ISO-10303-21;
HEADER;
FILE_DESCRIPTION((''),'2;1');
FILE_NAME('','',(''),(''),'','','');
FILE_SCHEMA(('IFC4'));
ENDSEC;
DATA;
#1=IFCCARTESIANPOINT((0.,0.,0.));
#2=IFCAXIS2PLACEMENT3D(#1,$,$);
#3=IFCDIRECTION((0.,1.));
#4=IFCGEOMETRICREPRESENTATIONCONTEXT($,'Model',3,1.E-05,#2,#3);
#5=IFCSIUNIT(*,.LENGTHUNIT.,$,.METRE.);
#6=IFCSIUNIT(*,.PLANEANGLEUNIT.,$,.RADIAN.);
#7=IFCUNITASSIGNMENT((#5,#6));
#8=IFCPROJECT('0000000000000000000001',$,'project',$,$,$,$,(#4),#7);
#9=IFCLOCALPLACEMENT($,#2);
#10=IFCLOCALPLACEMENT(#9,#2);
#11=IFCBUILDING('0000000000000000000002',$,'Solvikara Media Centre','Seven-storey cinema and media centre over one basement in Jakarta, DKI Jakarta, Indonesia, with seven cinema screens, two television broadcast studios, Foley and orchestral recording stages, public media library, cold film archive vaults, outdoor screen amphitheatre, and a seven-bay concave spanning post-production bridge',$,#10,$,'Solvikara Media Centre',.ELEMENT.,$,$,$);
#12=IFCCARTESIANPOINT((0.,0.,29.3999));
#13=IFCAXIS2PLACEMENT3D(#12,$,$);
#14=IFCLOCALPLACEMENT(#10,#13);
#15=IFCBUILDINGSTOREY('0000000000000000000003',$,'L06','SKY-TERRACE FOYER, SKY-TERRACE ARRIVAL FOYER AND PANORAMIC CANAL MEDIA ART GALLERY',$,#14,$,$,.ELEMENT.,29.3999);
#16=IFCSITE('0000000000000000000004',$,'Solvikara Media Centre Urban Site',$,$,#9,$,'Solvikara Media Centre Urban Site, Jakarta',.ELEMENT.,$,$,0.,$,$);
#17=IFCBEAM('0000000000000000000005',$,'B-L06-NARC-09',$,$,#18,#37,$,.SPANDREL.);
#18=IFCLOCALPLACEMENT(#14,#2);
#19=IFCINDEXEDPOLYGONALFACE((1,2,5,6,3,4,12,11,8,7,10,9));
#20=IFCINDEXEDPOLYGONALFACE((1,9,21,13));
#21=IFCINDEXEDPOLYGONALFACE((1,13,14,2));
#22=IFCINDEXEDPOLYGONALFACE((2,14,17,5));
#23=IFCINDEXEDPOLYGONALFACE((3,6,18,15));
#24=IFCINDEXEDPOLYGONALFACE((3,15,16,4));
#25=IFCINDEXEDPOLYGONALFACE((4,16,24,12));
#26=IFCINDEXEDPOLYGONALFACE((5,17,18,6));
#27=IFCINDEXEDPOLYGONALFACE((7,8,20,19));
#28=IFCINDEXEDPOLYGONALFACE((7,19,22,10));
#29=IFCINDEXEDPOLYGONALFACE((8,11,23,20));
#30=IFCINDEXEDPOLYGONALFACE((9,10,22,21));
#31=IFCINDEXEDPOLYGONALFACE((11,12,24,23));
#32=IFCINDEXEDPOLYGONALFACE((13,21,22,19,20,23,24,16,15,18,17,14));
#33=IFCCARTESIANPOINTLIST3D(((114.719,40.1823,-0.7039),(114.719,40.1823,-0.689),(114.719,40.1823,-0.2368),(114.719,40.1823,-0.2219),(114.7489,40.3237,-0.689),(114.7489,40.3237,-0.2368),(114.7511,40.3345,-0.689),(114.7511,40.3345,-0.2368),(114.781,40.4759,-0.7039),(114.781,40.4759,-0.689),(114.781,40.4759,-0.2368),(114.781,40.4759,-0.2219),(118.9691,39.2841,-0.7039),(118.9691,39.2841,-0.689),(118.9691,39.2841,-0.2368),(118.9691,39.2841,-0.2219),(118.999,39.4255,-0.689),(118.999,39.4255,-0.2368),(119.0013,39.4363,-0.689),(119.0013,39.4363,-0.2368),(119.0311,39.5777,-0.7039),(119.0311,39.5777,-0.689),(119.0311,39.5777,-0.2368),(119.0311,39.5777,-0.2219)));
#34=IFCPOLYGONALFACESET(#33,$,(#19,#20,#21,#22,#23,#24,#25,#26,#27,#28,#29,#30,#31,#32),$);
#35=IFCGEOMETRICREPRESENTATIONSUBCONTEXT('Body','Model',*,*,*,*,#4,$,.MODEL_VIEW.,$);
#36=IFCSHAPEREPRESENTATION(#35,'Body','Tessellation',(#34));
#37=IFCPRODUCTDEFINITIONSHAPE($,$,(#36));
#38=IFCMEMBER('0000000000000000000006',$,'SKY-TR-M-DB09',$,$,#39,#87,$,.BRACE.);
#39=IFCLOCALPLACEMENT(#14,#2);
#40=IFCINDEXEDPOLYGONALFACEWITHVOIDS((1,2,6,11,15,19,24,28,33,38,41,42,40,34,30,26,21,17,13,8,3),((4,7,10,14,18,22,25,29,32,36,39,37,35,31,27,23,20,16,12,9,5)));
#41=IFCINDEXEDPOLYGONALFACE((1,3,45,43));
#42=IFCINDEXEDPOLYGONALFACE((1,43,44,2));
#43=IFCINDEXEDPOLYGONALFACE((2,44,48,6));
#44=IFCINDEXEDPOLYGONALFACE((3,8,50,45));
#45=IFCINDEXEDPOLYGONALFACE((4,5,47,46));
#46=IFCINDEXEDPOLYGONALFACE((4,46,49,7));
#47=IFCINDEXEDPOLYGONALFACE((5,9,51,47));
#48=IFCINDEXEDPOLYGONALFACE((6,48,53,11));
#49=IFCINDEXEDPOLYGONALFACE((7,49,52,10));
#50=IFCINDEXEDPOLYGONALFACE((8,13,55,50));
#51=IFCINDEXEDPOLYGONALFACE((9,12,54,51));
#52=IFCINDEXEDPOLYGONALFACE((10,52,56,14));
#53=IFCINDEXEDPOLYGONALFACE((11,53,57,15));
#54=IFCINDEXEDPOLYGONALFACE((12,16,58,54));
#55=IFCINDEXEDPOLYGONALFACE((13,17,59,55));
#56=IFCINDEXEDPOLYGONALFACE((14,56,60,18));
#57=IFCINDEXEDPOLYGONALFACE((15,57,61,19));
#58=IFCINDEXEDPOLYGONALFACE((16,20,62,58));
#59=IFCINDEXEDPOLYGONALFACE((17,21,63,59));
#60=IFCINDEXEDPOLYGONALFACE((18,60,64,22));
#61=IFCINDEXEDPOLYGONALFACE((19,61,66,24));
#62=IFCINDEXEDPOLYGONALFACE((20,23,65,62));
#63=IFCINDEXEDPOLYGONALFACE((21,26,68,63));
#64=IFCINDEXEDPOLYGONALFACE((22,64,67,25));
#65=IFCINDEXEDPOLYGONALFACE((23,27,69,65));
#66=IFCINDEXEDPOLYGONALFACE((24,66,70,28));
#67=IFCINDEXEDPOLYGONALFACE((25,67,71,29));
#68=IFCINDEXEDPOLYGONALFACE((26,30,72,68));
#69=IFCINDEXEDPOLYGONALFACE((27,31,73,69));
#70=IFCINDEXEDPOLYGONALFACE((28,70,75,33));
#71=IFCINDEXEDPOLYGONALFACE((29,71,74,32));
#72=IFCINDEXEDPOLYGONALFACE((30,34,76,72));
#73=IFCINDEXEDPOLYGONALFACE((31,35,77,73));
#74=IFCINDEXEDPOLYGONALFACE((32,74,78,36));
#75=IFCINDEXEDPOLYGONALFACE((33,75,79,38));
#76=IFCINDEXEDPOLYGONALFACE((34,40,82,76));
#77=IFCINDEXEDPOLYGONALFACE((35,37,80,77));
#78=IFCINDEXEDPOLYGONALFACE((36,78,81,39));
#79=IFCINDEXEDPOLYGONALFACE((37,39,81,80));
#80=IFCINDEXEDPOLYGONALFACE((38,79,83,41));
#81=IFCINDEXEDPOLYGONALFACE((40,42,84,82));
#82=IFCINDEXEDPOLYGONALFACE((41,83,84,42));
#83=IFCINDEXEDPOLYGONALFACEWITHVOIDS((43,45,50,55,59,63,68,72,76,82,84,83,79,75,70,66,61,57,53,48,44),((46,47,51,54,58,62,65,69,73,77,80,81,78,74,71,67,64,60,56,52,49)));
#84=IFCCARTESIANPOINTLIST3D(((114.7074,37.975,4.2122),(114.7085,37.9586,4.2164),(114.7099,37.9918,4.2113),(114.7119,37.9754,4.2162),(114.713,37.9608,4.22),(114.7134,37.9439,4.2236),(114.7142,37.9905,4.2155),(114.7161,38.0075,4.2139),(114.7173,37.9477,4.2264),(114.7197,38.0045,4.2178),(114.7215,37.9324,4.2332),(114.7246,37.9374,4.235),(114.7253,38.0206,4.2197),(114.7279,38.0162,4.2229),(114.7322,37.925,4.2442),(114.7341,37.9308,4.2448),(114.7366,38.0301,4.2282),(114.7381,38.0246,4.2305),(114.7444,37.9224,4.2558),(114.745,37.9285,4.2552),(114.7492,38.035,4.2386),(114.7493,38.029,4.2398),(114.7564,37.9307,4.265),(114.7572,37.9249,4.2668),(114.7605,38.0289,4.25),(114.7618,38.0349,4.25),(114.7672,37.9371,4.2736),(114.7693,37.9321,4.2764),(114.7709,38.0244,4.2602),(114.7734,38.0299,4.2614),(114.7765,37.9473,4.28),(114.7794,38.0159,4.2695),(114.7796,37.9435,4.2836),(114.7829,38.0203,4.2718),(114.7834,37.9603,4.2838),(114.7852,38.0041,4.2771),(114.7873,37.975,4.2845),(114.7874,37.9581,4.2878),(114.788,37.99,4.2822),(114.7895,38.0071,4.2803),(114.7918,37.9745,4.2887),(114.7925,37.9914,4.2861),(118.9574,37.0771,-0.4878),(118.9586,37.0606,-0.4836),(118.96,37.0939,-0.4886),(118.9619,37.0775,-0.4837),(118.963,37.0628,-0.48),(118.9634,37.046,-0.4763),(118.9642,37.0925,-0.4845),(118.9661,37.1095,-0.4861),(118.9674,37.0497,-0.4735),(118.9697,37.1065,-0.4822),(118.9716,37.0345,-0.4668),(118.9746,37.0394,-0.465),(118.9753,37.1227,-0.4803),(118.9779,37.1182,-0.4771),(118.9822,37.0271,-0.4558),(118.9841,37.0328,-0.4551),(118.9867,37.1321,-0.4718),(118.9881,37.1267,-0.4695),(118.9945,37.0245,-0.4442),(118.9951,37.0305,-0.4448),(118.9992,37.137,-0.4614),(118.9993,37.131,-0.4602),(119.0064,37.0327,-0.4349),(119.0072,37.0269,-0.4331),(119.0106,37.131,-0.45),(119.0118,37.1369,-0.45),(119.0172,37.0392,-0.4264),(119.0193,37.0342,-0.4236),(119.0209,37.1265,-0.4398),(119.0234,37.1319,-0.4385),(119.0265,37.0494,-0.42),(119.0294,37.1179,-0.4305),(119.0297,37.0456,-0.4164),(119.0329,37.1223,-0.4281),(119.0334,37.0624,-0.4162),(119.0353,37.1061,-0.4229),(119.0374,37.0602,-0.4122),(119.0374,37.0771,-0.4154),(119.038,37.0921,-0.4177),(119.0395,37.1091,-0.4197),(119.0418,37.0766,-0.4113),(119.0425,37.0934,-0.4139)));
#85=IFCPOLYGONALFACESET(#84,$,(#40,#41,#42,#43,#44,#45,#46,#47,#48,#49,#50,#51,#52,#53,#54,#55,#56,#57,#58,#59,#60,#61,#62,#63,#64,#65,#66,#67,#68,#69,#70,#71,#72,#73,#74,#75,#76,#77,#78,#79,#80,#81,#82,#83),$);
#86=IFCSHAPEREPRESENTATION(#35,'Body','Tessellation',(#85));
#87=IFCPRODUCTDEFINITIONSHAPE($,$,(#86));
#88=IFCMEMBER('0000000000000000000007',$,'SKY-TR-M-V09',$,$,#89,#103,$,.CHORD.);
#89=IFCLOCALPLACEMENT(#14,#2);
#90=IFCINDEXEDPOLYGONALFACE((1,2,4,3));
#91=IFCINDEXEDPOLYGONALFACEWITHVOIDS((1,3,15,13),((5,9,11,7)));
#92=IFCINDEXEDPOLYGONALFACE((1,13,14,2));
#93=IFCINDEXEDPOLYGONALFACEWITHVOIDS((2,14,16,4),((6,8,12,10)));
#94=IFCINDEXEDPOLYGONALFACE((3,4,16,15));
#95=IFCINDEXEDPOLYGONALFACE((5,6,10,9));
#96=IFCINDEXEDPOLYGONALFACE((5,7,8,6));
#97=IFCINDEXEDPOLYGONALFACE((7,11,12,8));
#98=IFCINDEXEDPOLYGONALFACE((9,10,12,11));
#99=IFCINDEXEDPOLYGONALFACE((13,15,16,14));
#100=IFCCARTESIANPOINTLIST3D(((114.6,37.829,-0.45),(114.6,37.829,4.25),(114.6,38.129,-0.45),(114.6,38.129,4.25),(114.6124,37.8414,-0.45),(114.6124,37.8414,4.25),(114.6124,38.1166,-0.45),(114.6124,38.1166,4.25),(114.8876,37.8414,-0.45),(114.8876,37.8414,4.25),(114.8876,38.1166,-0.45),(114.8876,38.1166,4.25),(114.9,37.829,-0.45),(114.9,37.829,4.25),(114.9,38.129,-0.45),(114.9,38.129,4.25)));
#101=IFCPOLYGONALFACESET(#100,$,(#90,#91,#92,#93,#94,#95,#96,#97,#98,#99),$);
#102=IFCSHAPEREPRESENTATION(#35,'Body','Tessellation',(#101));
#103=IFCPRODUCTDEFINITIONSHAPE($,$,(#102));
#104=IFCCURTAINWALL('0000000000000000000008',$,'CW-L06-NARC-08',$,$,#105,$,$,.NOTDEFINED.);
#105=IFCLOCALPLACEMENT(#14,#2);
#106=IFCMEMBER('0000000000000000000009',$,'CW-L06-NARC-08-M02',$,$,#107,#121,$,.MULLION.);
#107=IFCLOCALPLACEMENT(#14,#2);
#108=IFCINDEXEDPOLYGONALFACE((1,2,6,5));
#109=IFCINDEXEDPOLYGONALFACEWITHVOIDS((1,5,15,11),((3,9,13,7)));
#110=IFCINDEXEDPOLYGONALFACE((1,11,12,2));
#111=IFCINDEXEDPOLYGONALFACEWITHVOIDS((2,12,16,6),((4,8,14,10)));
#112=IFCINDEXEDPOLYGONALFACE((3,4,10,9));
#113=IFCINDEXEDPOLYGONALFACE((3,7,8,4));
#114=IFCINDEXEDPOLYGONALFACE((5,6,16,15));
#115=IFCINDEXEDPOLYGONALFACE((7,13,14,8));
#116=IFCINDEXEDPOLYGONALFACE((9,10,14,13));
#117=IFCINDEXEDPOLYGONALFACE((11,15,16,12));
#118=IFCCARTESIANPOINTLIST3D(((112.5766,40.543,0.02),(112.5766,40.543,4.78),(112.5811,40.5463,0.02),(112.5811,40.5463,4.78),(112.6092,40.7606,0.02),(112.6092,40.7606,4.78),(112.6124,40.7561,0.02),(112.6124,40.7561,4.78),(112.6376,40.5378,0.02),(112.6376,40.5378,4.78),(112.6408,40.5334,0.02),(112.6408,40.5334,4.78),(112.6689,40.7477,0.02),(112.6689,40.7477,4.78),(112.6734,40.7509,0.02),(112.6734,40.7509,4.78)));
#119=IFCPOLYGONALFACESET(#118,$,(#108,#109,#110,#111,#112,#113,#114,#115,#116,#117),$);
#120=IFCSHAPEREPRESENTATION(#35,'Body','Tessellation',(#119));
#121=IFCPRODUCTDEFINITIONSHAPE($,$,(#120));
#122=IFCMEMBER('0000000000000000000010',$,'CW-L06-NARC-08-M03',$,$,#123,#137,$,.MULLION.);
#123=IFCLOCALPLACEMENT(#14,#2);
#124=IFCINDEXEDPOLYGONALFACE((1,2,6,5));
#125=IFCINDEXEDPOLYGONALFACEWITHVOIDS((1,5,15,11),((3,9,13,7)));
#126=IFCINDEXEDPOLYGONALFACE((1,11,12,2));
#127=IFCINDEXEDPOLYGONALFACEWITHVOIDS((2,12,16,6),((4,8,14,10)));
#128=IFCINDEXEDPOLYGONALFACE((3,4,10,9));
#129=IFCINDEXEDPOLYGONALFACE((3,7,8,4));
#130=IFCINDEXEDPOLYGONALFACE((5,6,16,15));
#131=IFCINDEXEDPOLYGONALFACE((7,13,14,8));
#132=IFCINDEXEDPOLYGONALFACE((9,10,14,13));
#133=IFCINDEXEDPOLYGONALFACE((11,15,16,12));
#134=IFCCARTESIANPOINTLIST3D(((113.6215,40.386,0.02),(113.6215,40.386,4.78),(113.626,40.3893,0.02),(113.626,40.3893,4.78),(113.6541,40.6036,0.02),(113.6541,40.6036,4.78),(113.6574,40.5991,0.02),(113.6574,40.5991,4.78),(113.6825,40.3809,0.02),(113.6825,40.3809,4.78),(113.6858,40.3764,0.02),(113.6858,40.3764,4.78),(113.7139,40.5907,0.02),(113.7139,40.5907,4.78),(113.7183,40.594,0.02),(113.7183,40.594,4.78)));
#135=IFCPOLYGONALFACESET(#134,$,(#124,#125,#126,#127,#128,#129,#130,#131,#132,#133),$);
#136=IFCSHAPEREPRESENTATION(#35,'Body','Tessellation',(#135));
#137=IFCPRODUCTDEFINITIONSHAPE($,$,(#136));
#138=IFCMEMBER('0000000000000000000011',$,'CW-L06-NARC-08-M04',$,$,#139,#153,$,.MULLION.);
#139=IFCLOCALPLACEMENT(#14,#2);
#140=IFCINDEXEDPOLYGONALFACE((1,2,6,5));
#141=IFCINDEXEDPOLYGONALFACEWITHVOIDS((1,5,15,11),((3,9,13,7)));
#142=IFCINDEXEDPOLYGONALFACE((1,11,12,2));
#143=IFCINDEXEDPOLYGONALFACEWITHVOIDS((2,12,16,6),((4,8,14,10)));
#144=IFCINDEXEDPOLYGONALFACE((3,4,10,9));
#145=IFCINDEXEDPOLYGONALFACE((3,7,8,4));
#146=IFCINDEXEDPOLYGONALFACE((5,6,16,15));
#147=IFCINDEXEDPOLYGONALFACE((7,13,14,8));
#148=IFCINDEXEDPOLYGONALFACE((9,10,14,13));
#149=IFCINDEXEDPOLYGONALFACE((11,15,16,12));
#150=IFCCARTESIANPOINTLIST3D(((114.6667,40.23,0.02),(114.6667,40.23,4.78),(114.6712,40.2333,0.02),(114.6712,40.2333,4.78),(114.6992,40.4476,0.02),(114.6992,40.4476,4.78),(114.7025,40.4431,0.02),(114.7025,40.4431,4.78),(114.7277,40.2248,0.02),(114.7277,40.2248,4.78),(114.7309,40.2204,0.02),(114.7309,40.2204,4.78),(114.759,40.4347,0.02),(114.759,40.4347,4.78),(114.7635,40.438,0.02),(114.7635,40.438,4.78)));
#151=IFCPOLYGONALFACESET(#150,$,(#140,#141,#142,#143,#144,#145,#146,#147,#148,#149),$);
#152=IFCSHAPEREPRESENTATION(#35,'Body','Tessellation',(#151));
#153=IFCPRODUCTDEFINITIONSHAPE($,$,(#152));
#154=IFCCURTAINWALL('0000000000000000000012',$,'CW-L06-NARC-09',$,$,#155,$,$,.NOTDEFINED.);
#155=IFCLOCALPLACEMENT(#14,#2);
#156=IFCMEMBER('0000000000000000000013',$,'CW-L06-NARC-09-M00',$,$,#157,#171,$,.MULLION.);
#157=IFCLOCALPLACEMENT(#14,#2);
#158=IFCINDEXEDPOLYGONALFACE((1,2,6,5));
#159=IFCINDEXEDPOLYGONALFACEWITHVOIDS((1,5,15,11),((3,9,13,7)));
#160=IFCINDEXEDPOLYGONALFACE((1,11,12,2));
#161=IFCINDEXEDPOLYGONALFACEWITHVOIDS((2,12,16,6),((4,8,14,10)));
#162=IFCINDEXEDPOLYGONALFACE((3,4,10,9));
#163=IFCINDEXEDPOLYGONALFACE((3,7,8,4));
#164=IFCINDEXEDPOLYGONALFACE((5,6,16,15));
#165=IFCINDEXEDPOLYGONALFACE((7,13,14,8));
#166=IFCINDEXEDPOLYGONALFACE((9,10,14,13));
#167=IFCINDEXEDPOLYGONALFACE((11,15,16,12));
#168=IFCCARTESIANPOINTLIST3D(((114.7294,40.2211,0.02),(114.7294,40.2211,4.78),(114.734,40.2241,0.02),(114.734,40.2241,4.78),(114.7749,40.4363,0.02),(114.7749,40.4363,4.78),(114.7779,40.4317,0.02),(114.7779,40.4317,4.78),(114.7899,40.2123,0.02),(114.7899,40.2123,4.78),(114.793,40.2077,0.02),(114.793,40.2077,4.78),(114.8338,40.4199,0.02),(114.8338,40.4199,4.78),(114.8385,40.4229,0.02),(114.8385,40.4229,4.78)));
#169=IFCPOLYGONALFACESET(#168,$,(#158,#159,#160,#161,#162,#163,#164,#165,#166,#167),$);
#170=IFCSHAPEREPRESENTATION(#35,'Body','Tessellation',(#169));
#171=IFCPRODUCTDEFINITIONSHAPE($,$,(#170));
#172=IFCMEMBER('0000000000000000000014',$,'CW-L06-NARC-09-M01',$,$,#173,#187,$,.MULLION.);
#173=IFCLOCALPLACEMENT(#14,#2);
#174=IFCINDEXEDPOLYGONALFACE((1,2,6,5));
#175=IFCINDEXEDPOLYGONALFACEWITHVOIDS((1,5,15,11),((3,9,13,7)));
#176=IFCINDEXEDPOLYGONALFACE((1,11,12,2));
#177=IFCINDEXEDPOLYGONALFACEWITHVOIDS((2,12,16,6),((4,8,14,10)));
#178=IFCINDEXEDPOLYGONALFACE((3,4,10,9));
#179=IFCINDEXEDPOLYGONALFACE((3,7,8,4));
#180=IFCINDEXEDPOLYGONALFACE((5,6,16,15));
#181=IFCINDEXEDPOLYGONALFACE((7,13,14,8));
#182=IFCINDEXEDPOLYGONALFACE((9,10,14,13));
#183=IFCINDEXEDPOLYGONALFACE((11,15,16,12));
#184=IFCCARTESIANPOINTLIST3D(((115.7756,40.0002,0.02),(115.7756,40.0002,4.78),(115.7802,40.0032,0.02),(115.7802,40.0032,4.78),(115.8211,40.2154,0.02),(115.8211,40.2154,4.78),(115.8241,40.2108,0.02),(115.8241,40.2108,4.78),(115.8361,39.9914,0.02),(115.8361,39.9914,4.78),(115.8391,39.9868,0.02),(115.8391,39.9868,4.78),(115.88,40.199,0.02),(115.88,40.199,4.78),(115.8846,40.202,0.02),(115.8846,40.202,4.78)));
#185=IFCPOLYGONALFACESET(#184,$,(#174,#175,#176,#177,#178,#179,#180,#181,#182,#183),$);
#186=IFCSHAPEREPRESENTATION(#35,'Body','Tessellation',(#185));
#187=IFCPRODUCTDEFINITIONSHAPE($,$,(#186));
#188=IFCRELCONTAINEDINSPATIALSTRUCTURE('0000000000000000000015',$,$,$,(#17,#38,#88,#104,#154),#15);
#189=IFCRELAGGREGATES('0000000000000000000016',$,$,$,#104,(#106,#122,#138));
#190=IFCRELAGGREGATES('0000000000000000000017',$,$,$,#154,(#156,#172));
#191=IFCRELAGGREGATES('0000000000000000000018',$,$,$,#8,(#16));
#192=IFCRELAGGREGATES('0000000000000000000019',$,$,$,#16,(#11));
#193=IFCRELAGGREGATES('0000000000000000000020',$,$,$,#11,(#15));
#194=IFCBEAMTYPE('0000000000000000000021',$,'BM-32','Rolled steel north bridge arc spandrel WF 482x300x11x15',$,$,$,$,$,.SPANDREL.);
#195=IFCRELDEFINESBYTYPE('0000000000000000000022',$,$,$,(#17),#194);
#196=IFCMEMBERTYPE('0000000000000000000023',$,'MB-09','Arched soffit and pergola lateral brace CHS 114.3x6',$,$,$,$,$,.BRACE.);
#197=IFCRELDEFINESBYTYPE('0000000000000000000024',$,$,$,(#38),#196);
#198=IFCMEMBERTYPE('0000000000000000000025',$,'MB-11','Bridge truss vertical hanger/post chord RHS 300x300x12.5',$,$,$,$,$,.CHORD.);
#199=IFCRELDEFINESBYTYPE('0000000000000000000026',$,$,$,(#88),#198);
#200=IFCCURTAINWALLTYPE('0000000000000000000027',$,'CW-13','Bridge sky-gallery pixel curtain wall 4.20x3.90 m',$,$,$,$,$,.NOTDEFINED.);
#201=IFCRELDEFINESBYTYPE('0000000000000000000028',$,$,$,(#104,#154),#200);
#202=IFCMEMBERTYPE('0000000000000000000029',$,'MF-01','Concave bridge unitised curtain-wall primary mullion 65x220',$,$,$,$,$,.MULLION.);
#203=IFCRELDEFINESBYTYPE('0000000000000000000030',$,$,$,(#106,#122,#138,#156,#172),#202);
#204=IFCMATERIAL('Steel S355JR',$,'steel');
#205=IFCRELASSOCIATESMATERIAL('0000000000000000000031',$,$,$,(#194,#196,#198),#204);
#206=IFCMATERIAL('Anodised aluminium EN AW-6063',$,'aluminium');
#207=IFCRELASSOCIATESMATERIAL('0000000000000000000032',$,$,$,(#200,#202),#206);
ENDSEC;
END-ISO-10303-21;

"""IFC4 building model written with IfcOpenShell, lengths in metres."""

from ifc_helpers import new_model, si_unit, direction, frame, origin, origin_2d, place, context, subcontext, project, spatial, hollow_rectangle, hollow_circle, i_section, extrude, material, material_profile, profile_set, type_object, element, aggregate, save


model = new_model("IFC4")

# Units and contexts
model_context = context("Model", 3, precision=1e-05, world=origin(), true_north=direction((0.0, 1.0)))
body_context = subcontext(model_context, "Body", "Model", "MODEL_VIEW")
ifc_project = project(units=[si_unit("LENGTHUNIT", "METRE"), si_unit("PLANEANGLEUNIT", "RADIAN")], contexts=[model_context])

# Site, building, storey
site_placement = place(None, origin())
site = spatial("IfcSite", under=ifc_project, at=site_placement, Name="Solvikara Media Centre Urban Site", LongName="Solvikara Media Centre Urban Site, Jakarta", CompositionType="ELEMENT", RefElevation=0.0)
building_placement = place(site_placement, origin())
building = spatial("IfcBuilding", under=site, at=building_placement, Name="Solvikara Media Centre", Description="Seven-storey cinema and media centre over one basement in Jakarta, DKI Jakarta, Indonesia, with seven cinema screens, two television broadcast studios, Foley and orchestral recording stages, public media library, cold film archive vaults, outdoor screen amphitheatre, and a seven-bay concave spanning post-production bridge", LongName="Solvikara Media Centre", CompositionType="ELEMENT")
storey_placement = place(building_placement, frame((0.0, 0.0, 29.3999)))
storey = spatial("IfcBuildingStorey", under=building, at=storey_placement, Name="L06", Description="SKY-TERRACE FOYER, SKY-TERRACE ARRIVAL FOYER AND PANORAMIC CANAL MEDIA ART GALLERY", CompositionType="ELEMENT", Elevation=29.3999)

# Beam
ifc_material_1 = material(Name="Steel S355JR", Category="steel")
ifc_material_profile_1 = material_profile(ifc_material_1, i_section(OverallWidth=0.3, OverallDepth=0.4819, WebThickness=0.011, FlangeThickness=0.0149, at=origin_2d()), Name="WF 482x300x11x15")
ifc_profile_set_1 = profile_set([ifc_material_profile_1], Name="Steel S355JR")
beam_type = type_object("IfcBeamType", Name="BM-32", Description="Rolled steel north bridge arc spandrel WF 482x300x11x15", PredefinedType="SPANDREL", material=ifc_profile_set_1)
beam_placement = place(storey_placement, frame((114.75, 40.3291, -0.4629), z_axis=(0.978389, -0.206772, 0.0), x_axis=(0.206772, 0.978389, 0.0)))
element("IfcBeam", 1, at=beam_placement, inside=storey, type_object=beam_type, Name="B-L06-NARC-09", PredefinedType="SPANDREL", context=body_context, shape_type="SweptSolid", body=[
    extrude(i_section(OverallWidth=0.3, OverallDepth=0.4819, WebThickness=0.011, FlangeThickness=0.0149, at=origin_2d()), origin(), (0.0, 0.0, 1.0), 4.344),
])

# Members
ifc_material_profile_2 = material_profile(ifc_material_1, hollow_circle(Radius=0.0571, WallThickness=0.0061, at=origin_2d()), Name="CHS 114.3x6")
ifc_profile_set_2 = profile_set([ifc_material_profile_2], Name="Steel S355JR")
member_type_1 = type_object("IfcMemberType", Name="MB-09", Description="Arched soffit and pergola lateral brace CHS 114.3x6", PredefinedType="BRACE", material=ifc_profile_set_2)
member_1_placement = place(storey_placement, frame((114.75, 37.979, 4.25), z_axis=(0.664076, -0.140307, -0.734382), x_axis=(0.206719, 0.9784, 0.0)))
element("IfcMember", 2, at=member_1_placement, inside=storey, type_object=member_type_1, Name="SKY-TR-M-DB09", PredefinedType="BRACE", context=body_context, shape_type="SweptSolid", body=[
    extrude(hollow_circle(Radius=0.0571, WallThickness=0.0061, at=origin_2d()), origin(), (0.0, 0.0, 1.0), 6.3999),
])
ifc_material_profile_3 = material_profile(ifc_material_1, hollow_rectangle(XDim=0.3, YDim=0.3, WallThickness=0.0125, at=origin_2d()), Name="RHS 300x300x12.5")
ifc_profile_set_3 = profile_set([ifc_material_profile_3], Name="Steel S355JR")
member_type_2 = type_object("IfcMemberType", Name="MB-11", Description="Bridge truss vertical hanger/post chord RHS 300x300x12.5", PredefinedType="CHORD", material=ifc_profile_set_3)
member_2_placement = place(storey_placement, frame((114.75, 37.979, -0.45), z_axis=(0.0, 0.0, 1.0), x_axis=(1.0, 0.0, 0.0)))
element("IfcMember", 3, at=member_2_placement, inside=storey, type_object=member_type_2, Name="SKY-TR-M-V09", PredefinedType="CHORD", context=body_context, shape_type="SweptSolid", body=[
    extrude(hollow_rectangle(XDim=0.3, YDim=0.3, WallThickness=0.0125, at=origin_2d()), origin(), (0.0, 0.0, 1.0), 4.7),
])

# Curtain walls, members
ifc_material_2 = material(Name="Anodised aluminium EN AW-6063", Category="aluminium")
curtain_wall_type = type_object("IfcCurtainWallType", Name="CW-13", Description="Bridge sky-gallery pixel curtain wall 4.20x3.90 m", PredefinedType="NOTDEFINED", material=ifc_material_2)
curtain_wall_1_placement = place(storey_placement, origin())
curtain_wall_1 = element("IfcCurtainWall", 4, at=curtain_wall_1_placement, inside=storey, type_object=curtain_wall_type, Name="CW-L06-NARC-08", PredefinedType="NOTDEFINED")
ifc_material_profile_4 = material_profile(ifc_material_2, hollow_rectangle(XDim=0.0649, YDim=0.22, WallThickness=0.0039, at=origin_2d()), Name="ALU-M 65x220x4")
ifc_profile_set_4 = profile_set([ifc_material_profile_4], Name="Anodised aluminium EN AW-6063")
member_type_3 = type_object("IfcMemberType", Name="MF-01", Description="Concave bridge unitised curtain-wall primary mullion 65x220", PredefinedType="MULLION", material=ifc_profile_set_4)
member_3_placement = place(storey_placement, frame((112.625, 40.647, 0.02), z_axis=(0.0, 0.0, 1.0), x_axis=(0.989006, -0.147878, 0.0)))
member_3 = element("IfcMember", 5, at=member_3_placement, type_object=member_type_3, Name="CW-L06-NARC-08-M02", PredefinedType="MULLION", context=body_context, shape_type="SweptSolid", body=[
    extrude(hollow_rectangle(XDim=0.0649, YDim=0.22, WallThickness=0.0039, at=origin_2d()), origin(), (0.0, 0.0, 1.0), 4.76),
])
member_4_placement = place(storey_placement, frame((113.6699, 40.49, 0.02), z_axis=(0.0, 0.0, 1.0), x_axis=(0.989006, -0.147878, 0.0)))
member_4 = element("IfcMember", 6, at=member_4_placement, type_object=member_type_3, Name="CW-L06-NARC-08-M03", PredefinedType="MULLION", context=body_context, shape_type="SweptSolid", body=[
    extrude(hollow_rectangle(XDim=0.0649, YDim=0.22, WallThickness=0.0039, at=origin_2d()), origin(), (0.0, 0.0, 1.0), 4.76),
])
member_5_placement = place(storey_placement, frame((114.7151, 40.334, 0.02), z_axis=(0.0, 0.0, 1.0), x_axis=(0.989006, -0.147878, 0.0)))
member_5 = element("IfcMember", 7, at=member_5_placement, type_object=member_type_3, Name="CW-L06-NARC-08-M04", PredefinedType="MULLION", context=body_context, shape_type="SweptSolid", body=[
    extrude(hollow_rectangle(XDim=0.0649, YDim=0.22, WallThickness=0.0039, at=origin_2d()), origin(), (0.0, 0.0, 1.0), 4.76),
])
curtain_wall_2_placement = place(storey_placement, origin())
curtain_wall_2 = element("IfcCurtainWall", 8, at=curtain_wall_2_placement, inside=storey, type_object=curtain_wall_type, Name="CW-L06-NARC-09", PredefinedType="NOTDEFINED")
member_6_placement = place(storey_placement, frame((114.7839, 40.322, 0.02), z_axis=(0.0, 0.0, 1.0), x_axis=(0.978379, -0.206819, 0.0)))
member_6 = element("IfcMember", 9, at=member_6_placement, type_object=member_type_3, Name="CW-L06-NARC-09-M00", PredefinedType="MULLION", context=body_context, shape_type="SweptSolid", body=[
    extrude(hollow_rectangle(XDim=0.0649, YDim=0.22, WallThickness=0.0039, at=origin_2d()), origin(), (0.0, 0.0, 1.0), 4.76),
])
member_7_placement = place(storey_placement, frame((115.8301, 40.1011, 0.02), z_axis=(0.0, 0.0, 1.0), x_axis=(0.978379, -0.206819, 0.0)))
member_7 = element("IfcMember", 10, at=member_7_placement, type_object=member_type_3, Name="CW-L06-NARC-09-M01", PredefinedType="MULLION", context=body_context, shape_type="SweptSolid", body=[
    extrude(hollow_rectangle(XDim=0.0649, YDim=0.22, WallThickness=0.0039, at=origin_2d()), origin(), (0.0, 0.0, 1.0), 4.76),
])

aggregate(curtain_wall_1, [member_3, member_4, member_5])
aggregate(curtain_wall_2, [member_6, member_7])

save(model, "model.ifc")
